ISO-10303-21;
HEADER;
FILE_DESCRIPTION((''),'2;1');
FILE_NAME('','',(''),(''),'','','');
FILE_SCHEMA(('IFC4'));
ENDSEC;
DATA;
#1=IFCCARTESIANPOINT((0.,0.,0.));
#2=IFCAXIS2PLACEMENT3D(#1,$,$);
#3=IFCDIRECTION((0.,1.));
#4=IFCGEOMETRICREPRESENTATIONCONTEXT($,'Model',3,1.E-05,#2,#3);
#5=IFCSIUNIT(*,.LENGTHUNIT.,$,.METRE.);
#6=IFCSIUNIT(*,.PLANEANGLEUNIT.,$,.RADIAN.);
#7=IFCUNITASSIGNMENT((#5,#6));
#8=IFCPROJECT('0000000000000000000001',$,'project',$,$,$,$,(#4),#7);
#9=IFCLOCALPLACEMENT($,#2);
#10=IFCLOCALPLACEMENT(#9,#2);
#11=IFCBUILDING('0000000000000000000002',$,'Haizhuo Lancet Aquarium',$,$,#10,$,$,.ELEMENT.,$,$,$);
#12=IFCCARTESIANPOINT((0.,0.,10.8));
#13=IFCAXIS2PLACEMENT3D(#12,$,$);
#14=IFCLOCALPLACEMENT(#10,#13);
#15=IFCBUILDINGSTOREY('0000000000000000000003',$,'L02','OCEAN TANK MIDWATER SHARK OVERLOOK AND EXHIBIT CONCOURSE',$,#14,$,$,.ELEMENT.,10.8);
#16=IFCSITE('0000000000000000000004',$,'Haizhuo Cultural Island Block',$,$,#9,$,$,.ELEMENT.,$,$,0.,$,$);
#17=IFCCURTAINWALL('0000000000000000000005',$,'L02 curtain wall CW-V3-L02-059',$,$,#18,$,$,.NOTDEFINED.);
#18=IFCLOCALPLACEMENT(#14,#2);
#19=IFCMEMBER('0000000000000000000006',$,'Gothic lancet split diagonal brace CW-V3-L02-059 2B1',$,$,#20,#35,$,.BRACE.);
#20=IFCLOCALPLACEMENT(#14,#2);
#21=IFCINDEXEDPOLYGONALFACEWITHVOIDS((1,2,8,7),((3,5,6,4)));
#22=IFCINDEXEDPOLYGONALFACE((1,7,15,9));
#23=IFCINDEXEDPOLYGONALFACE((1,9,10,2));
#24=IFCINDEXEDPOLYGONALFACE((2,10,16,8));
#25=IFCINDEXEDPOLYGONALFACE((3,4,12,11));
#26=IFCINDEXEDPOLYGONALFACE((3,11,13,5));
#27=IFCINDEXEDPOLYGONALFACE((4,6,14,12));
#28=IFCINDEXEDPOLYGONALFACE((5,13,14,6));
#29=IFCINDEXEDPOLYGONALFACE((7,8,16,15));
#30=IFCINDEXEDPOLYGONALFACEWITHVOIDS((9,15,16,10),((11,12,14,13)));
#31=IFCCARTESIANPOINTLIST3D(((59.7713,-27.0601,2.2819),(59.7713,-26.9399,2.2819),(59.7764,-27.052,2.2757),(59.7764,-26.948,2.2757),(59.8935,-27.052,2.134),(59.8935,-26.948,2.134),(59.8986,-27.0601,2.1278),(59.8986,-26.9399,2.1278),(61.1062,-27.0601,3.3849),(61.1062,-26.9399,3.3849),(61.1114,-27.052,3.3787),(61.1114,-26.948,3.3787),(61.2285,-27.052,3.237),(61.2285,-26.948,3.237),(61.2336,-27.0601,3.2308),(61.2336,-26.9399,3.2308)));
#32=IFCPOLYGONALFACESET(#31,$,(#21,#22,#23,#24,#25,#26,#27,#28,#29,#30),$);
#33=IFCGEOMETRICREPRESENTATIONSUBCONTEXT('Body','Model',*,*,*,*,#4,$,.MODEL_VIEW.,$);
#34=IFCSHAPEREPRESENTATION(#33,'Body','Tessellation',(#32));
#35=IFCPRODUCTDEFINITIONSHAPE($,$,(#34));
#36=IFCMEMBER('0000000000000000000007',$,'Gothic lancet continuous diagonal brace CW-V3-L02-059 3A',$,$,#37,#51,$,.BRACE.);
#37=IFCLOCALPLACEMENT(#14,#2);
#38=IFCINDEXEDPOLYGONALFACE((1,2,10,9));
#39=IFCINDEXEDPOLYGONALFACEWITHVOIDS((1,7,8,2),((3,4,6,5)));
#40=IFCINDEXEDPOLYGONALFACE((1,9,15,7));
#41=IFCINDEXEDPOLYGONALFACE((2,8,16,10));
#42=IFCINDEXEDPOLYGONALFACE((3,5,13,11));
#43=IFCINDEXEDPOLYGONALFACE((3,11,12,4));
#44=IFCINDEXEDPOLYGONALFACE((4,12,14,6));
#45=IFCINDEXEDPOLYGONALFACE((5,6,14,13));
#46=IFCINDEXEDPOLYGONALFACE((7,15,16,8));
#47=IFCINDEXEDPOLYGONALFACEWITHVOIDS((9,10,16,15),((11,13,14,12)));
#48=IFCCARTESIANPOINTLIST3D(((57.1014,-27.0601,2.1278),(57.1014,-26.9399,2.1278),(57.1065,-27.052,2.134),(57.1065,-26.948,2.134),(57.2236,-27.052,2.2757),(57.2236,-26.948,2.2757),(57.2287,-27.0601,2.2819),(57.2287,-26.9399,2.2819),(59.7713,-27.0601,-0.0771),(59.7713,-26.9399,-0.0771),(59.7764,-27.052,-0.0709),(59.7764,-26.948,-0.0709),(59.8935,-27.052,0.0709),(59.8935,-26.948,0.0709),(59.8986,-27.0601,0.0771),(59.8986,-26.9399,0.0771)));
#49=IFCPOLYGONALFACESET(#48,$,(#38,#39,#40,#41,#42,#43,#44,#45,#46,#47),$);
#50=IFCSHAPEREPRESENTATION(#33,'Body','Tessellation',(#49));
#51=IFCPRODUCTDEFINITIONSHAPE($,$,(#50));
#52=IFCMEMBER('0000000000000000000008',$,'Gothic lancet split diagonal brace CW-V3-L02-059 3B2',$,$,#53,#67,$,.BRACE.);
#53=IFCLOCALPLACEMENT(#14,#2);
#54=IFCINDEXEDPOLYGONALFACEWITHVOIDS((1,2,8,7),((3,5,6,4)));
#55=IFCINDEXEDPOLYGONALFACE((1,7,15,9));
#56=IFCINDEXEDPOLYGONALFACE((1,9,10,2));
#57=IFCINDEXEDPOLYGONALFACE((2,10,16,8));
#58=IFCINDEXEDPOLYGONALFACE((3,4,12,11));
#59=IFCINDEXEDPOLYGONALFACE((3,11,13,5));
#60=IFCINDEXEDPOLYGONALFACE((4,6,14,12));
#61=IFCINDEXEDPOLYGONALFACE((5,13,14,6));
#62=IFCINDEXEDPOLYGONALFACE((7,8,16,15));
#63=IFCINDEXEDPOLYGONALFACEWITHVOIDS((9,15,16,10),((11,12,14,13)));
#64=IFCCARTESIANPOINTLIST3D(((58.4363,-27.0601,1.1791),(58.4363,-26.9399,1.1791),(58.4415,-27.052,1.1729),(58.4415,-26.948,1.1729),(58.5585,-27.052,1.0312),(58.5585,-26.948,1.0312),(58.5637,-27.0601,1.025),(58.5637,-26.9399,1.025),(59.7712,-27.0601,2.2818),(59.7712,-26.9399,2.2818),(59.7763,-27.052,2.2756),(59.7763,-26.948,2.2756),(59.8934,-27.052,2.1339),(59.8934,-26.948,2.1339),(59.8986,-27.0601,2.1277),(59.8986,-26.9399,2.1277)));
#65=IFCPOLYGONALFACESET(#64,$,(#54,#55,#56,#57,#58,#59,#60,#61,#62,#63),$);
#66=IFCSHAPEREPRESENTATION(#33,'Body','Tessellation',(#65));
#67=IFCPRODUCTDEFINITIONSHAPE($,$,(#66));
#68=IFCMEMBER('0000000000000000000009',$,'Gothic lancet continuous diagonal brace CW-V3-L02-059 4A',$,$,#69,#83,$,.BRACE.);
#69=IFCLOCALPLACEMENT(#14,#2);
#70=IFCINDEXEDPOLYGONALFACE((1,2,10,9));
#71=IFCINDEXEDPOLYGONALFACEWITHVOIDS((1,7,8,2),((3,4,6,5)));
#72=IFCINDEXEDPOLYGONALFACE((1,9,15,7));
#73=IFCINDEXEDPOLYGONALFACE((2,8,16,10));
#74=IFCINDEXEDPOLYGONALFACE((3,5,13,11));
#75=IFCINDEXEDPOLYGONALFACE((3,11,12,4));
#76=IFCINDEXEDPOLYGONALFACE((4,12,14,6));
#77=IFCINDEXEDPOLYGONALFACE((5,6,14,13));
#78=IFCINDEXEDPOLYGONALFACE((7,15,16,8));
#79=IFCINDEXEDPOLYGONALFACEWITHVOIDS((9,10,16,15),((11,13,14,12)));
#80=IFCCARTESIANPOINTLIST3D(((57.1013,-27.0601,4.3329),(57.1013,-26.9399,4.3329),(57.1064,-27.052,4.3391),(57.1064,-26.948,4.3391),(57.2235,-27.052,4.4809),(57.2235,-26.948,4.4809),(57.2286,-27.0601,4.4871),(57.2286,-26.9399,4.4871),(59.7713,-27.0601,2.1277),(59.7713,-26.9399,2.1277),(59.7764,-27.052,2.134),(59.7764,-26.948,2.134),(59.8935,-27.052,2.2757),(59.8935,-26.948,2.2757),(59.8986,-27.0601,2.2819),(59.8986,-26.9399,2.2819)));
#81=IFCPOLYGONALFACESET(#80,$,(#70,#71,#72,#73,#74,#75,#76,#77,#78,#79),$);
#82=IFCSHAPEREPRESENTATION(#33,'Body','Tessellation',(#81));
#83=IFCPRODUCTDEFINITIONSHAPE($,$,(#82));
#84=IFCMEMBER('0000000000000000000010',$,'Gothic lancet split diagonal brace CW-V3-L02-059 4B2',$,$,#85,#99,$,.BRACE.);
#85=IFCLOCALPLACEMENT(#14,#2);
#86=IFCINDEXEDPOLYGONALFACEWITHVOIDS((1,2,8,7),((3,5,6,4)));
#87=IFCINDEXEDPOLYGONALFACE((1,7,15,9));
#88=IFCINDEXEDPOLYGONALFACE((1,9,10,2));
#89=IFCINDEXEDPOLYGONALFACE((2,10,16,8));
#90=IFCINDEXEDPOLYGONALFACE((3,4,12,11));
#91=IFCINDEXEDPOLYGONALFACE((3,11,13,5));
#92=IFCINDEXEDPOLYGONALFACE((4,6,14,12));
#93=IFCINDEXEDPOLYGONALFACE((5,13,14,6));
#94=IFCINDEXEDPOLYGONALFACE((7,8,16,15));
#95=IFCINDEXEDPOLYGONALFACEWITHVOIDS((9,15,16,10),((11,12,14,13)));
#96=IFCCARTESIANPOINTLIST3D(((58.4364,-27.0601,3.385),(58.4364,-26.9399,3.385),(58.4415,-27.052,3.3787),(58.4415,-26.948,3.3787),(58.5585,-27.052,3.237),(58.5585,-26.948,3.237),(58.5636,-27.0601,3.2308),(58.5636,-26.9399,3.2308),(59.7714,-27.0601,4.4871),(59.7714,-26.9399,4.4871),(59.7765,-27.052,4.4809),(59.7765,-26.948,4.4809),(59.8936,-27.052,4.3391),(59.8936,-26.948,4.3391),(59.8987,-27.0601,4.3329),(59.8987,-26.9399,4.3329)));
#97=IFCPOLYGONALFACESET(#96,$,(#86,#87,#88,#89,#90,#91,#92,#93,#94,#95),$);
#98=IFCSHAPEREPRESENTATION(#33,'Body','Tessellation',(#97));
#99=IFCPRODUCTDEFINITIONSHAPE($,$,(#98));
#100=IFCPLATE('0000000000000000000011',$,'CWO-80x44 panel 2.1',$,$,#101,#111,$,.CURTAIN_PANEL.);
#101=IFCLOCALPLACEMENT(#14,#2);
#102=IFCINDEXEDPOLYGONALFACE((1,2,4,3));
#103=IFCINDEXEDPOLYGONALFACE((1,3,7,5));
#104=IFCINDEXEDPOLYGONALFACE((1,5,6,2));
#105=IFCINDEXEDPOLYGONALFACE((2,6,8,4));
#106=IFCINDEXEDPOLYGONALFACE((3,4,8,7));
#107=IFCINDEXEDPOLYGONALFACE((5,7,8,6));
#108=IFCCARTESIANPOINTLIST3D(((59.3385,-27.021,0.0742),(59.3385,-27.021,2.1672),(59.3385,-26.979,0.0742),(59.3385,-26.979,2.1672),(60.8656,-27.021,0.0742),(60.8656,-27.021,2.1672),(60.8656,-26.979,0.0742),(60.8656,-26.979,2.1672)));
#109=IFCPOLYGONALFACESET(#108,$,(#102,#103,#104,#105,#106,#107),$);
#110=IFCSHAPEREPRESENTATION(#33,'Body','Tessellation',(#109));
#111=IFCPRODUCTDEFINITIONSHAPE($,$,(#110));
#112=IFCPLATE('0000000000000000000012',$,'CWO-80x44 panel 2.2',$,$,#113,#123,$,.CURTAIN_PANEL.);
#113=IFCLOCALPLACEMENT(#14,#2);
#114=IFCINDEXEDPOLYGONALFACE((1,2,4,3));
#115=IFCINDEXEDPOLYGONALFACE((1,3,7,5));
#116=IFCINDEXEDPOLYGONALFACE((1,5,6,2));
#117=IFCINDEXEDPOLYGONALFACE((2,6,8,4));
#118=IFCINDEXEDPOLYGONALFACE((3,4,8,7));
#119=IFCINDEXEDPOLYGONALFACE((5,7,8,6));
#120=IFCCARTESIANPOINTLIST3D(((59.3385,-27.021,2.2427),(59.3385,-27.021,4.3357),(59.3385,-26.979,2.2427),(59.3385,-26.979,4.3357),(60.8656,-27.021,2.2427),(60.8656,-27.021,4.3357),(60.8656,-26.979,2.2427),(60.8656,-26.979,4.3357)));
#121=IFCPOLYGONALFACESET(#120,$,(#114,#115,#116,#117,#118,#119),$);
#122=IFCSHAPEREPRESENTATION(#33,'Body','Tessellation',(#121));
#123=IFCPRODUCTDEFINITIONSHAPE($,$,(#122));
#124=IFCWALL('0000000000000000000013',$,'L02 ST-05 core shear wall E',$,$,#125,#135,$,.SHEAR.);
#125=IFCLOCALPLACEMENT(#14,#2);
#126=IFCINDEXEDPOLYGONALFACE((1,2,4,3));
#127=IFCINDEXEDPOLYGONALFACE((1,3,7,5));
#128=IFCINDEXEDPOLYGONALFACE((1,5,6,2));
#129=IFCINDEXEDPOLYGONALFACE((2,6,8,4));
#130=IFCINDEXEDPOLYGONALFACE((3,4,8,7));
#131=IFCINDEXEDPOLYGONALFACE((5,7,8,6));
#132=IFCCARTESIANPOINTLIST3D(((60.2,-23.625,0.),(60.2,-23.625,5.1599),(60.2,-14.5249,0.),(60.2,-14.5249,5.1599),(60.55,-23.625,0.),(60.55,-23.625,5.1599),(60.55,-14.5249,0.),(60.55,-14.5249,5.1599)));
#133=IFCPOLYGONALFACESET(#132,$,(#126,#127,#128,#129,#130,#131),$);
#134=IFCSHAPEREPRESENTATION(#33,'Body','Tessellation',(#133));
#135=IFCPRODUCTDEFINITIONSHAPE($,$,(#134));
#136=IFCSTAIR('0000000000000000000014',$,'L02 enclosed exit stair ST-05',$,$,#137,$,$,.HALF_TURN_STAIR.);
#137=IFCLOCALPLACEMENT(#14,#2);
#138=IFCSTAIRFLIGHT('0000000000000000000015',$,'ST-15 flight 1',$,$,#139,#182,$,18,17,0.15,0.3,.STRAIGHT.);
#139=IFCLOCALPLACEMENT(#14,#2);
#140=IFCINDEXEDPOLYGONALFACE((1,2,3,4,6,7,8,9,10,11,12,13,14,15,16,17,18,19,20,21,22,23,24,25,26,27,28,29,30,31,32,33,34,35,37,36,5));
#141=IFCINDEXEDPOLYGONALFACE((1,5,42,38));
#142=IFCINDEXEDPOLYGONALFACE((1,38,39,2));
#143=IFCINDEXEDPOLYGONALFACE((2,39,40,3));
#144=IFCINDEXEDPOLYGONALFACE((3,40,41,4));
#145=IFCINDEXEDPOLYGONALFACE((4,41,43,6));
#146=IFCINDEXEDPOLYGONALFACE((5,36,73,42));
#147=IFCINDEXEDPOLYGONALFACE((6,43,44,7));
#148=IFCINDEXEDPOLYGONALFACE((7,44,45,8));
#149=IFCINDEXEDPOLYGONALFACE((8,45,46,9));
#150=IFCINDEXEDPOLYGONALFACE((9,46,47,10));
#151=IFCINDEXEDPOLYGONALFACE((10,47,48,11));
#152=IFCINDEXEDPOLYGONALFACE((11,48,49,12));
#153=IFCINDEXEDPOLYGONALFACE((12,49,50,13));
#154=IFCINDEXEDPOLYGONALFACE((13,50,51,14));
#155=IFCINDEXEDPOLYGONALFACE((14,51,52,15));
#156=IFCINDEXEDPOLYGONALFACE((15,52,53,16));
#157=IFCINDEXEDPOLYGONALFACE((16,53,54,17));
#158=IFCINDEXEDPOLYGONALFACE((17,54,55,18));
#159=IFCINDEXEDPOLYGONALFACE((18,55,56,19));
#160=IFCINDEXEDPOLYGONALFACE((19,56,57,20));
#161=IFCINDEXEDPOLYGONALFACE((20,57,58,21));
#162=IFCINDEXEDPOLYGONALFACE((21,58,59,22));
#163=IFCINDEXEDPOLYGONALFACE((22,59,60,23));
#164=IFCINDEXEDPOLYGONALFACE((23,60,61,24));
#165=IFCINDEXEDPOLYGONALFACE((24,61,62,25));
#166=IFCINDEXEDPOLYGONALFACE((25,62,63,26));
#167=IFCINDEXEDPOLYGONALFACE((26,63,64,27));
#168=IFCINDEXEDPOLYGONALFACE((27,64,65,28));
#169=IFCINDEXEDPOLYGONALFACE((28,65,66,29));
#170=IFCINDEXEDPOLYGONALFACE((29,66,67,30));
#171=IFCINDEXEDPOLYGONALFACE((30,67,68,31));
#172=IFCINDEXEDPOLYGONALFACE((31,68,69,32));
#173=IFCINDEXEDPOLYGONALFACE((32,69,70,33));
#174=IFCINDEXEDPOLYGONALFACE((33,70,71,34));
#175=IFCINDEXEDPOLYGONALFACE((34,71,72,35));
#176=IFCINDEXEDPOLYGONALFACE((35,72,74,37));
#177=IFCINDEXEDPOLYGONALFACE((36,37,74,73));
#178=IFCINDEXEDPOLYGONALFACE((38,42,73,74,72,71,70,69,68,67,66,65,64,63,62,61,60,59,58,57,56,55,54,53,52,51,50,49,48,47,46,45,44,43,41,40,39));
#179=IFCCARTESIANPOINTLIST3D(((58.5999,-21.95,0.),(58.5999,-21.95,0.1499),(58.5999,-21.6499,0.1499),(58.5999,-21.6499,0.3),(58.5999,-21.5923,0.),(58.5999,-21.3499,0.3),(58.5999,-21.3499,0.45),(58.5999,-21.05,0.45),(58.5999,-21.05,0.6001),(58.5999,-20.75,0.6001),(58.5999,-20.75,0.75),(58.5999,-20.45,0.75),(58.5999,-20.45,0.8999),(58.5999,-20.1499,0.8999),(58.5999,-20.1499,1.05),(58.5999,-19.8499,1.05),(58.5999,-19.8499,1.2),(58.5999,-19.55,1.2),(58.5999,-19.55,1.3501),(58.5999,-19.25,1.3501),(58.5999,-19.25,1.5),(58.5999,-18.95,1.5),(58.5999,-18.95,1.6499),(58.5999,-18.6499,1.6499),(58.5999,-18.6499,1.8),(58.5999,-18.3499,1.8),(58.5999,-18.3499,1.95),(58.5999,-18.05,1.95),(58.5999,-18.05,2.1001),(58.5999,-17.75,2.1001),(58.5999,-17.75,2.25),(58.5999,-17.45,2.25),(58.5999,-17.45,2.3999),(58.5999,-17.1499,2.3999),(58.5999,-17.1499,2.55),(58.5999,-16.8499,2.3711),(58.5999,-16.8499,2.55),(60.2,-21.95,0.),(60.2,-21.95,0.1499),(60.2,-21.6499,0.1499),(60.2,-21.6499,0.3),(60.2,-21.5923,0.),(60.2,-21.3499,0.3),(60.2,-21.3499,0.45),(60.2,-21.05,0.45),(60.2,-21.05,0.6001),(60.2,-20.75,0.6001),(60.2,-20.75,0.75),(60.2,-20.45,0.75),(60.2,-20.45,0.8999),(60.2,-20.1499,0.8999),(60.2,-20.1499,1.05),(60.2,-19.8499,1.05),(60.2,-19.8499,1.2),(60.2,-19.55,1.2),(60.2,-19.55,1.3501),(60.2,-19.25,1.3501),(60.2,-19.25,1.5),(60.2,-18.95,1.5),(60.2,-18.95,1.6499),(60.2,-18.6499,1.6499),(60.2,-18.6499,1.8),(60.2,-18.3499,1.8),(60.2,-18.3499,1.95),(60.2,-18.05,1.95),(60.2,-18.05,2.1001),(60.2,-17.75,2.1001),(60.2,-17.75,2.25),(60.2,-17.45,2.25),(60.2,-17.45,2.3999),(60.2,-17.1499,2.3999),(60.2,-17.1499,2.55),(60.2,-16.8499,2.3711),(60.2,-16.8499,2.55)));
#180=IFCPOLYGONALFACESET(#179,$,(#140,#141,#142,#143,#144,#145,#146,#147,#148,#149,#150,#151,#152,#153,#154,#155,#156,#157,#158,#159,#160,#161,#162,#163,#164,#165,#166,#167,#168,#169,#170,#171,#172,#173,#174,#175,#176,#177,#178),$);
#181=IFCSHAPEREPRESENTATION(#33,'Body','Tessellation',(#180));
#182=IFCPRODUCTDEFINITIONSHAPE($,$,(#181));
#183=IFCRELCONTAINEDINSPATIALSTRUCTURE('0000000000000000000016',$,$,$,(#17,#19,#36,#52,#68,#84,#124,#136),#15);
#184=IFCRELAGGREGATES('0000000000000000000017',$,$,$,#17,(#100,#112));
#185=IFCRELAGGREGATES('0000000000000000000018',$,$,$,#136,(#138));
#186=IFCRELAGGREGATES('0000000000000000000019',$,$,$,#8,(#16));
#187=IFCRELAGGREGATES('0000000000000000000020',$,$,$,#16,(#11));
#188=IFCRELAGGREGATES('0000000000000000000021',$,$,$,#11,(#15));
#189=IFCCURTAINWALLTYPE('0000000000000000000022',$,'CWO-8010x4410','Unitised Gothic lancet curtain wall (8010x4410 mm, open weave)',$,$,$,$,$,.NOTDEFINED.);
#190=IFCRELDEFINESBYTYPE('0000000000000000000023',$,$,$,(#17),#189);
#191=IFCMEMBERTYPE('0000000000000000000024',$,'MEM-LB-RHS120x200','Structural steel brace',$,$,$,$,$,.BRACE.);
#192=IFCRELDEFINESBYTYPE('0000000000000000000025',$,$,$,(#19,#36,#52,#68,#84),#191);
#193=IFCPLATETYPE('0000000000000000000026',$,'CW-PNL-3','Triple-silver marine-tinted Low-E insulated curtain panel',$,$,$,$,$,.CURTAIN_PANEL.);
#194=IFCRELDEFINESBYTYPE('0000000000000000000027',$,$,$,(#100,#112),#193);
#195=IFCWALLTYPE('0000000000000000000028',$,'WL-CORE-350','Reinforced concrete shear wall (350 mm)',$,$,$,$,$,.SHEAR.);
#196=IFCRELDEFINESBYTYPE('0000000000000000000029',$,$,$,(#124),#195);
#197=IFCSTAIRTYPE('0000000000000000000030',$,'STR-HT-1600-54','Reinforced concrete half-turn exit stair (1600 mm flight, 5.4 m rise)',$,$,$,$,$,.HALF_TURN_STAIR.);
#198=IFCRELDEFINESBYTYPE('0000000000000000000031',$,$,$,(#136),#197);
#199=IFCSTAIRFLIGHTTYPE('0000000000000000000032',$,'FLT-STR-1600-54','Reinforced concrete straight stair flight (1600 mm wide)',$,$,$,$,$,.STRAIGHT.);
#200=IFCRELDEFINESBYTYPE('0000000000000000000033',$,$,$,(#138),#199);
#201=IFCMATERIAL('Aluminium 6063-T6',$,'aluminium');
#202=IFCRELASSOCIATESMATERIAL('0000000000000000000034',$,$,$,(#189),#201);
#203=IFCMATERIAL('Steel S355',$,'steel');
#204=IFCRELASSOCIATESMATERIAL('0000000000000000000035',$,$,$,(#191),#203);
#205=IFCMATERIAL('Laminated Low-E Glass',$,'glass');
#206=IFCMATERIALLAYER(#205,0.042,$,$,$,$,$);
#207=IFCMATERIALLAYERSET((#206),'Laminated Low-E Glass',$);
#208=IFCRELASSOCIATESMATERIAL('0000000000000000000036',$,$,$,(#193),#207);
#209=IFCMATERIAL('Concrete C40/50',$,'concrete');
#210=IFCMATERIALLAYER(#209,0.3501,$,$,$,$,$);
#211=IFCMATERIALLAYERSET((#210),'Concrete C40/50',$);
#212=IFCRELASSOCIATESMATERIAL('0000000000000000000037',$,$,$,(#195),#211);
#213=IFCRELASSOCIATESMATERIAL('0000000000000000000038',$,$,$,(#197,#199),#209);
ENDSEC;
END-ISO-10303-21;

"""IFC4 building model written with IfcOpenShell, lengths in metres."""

from ifc_helpers import new_model, si_unit, direction, frame, frame_2d, origin, origin_2d, place, context, subcontext, project, spatial, polyline, rectangle, hollow_rectangle, outline, extrude, material, layer, layer_set, material_profile, profile_set, type_object, element, aggregate, save


model = new_model("IFC4")

# Units and contexts
model_context = context("Model", 3, precision=1e-05, world=origin(), true_north=direction((0.0, 1.0)))
body_context = subcontext(model_context, "Body", "Model", "MODEL_VIEW")
ifc_project = project(units=[si_unit("LENGTHUNIT", "METRE"), si_unit("PLANEANGLEUNIT", "RADIAN")], contexts=[model_context])

# Site, building, storey
site_placement = place(None, origin())
site = spatial("IfcSite", under=ifc_project, at=site_placement, Name="Haizhuo Cultural Island Block", CompositionType="ELEMENT", RefElevation=0.0)
building_placement = place(site_placement, origin())
building = spatial("IfcBuilding", under=site, at=building_placement, Name="Haizhuo Lancet Aquarium", CompositionType="ELEMENT")
storey_placement = place(building_placement, frame((0.0, 0.0, 10.8)))
storey = spatial("IfcBuildingStorey", under=building, at=storey_placement, Name="L02", Description="OCEAN TANK MIDWATER SHARK OVERLOOK AND EXHIBIT CONCOURSE", CompositionType="ELEMENT", Elevation=10.8)

# Curtain wall
ifc_material_1 = material(Name="Aluminium 6063-T6", Category="aluminium")
curtain_wall_type = type_object("IfcCurtainWallType", Name="CWO-8010x4410", Description="Unitised Gothic lancet curtain wall (8010x4410 mm, open weave)", PredefinedType="NOTDEFINED", material=ifc_material_1)
curtain_wall_placement = place(storey_placement, origin())
curtain_wall = element("IfcCurtainWall", 1, at=curtain_wall_placement, inside=storey, type_object=curtain_wall_type, Name="L02 curtain wall CW-V3-L02-059", PredefinedType="NOTDEFINED")

# Members
ifc_material_2 = material(Name="Steel S355", Category="steel")
ifc_material_profile_1 = material_profile(ifc_material_2, hollow_rectangle(XDim=0.1201, YDim=0.2, WallThickness=0.0081, at=origin_2d()), Name="RHS 120x200x8")
ifc_profile_set_1 = profile_set([ifc_material_profile_1], Name="Steel S355")
member_type_1 = type_object("IfcMemberType", Name="MEM-LB-RHS120x200", Description="Structural steel brace", PredefinedType="BRACE", material=ifc_profile_set_1)
member_1_placement = place(storey_placement, frame((59.835, -27.0, 2.2048), z_axis=(0.770896, 0.0, 0.636962), x_axis=(0.0, 1.0, 0.0)))
element("IfcMember", 2, at=member_1_placement, inside=storey, type_object=member_type_1, Name="Gothic lancet split diagonal brace CW-V3-L02-059 2B1", PredefinedType="BRACE", context=body_context, shape_type="SweptSolid", body=[
    extrude(hollow_rectangle(XDim=0.1201, YDim=0.2, WallThickness=0.0081, at=origin_2d()), origin(), (0.0, 0.0, 1.0), 1.7317),
])
member_2_placement = place(storey_placement, frame((59.835, -27.0, 0.0), z_axis=(-0.771069, 0.0, 0.636752), x_axis=(0.0, -1.0, 0.0)))
element("IfcMember", 3, at=member_2_placement, inside=storey, type_object=member_type_1, Name="Gothic lancet continuous diagonal brace CW-V3-L02-059 3A", PredefinedType="BRACE", context=body_context, shape_type="SweptSolid", body=[
    extrude(hollow_rectangle(XDim=0.1201, YDim=0.2, WallThickness=0.0081, at=origin_2d()), origin(), (0.0, 0.0, 1.0), 3.4626),
])
member_3_placement = place(storey_placement, frame((58.5, -27.0, 1.1021), z_axis=(0.770965, 0.0, 0.636878), x_axis=(0.0, 1.0, 0.0)))
element("IfcMember", 4, at=member_3_placement, inside=storey, type_object=member_type_1, Name="Gothic lancet split diagonal brace CW-V3-L02-059 3B2", PredefinedType="BRACE", context=body_context, shape_type="SweptSolid", body=[
    extrude(hollow_rectangle(XDim=0.1201, YDim=0.2, WallThickness=0.0081, at=origin_2d()), origin(), (0.0, 0.0, 1.0), 1.7314),
])
member_4_placement = place(storey_placement, frame((59.835, -27.0, 2.2048), z_axis=(-0.771034, 0.0, 0.636794), x_axis=(0.0, -1.0, 0.0)))
element("IfcMember", 5, at=member_4_placement, inside=storey, type_object=member_type_1, Name="Gothic lancet continuous diagonal brace CW-V3-L02-059 4A", PredefinedType="BRACE", context=body_context, shape_type="SweptSolid", body=[
    extrude(hollow_rectangle(XDim=0.1201, YDim=0.2, WallThickness=0.0081, at=origin_2d()), origin(), (0.0, 0.0, 1.0), 3.4629),
])
member_5_placement = place(storey_placement, frame((58.5, -27.0, 3.3079), z_axis=(0.771172, 0.0, 0.636626), x_axis=(0.0, 1.0, 0.0)))
element("IfcMember", 6, at=member_5_placement, inside=storey, type_object=member_type_1, Name="Gothic lancet split diagonal brace CW-V3-L02-059 4B2", PredefinedType="BRACE", context=body_context, shape_type="SweptSolid", body=[
    extrude(hollow_rectangle(XDim=0.1201, YDim=0.2, WallThickness=0.0081, at=origin_2d()), origin(), (0.0, 0.0, 1.0), 1.7312),
])

# Plates
ifc_material_3 = material(Name="Laminated Low-E Glass", Category="glass")
ifc_layer_1 = layer(ifc_material_3, 0.042)
ifc_layer_set_1 = layer_set([ifc_layer_1], Name="Laminated Low-E Glass")
plate_type = type_object("IfcPlateType", Name="CW-PNL-3", Description="Triple-silver marine-tinted Low-E insulated curtain panel", PredefinedType="CURTAIN_PANEL", material=ifc_layer_set_1)
plate_1_placement = place(storey_placement, frame((60.1021, -27.0, 0.0742), z_axis=(0.0, 0.0, 1.0), x_axis=(-1.0, 0.0, 0.0)))
plate_1 = element("IfcPlate", 7, at=plate_1_placement, type_object=plate_type, Name="CWO-80x44 panel 2.1", PredefinedType="CURTAIN_PANEL", context=body_context, shape_type="SweptSolid", body=[
    extrude(rectangle(XDim=1.5271, YDim=0.042, at=origin_2d()), origin(), (0.0, 0.0, 1.0), 2.093),
])
plate_2_placement = place(storey_placement, frame((60.1021, -27.0, 2.2427), z_axis=(0.0, 0.0, 1.0), x_axis=(-1.0, 0.0, 0.0)))
plate_2 = element("IfcPlate", 8, at=plate_2_placement, type_object=plate_type, Name="CWO-80x44 panel 2.2", PredefinedType="CURTAIN_PANEL", context=body_context, shape_type="SweptSolid", body=[
    extrude(rectangle(XDim=1.5271, YDim=0.042, at=origin_2d()), origin(), (0.0, 0.0, 1.0), 2.093),
])
aggregate(curtain_wall, [plate_1, plate_2])

# Wall
ifc_material_4 = material(Name="Concrete C40/50", Category="concrete")
ifc_layer_2 = layer(ifc_material_4, 0.3501)
ifc_layer_set_2 = layer_set([ifc_layer_2], Name="Concrete C40/50")
wall_type = type_object("IfcWallType", Name="WL-CORE-350", Description="Reinforced concrete shear wall (350 mm)", PredefinedType="SHEAR", material=ifc_layer_set_2)
wall_placement = place(storey_placement, frame((60.375, -23.625, 0.0), z_axis=(0.0, 0.0, 1.0), x_axis=(0.0, 1.0, 0.0)))
element("IfcWall", 9, at=wall_placement, inside=storey, type_object=wall_type, Name="L02 ST-05 core shear wall E", PredefinedType="SHEAR", context=body_context, shape_type="SweptSolid", body=[
    extrude(rectangle(XDim=9.1001, YDim=0.3501, at=frame_2d((4.55, 0.0))), origin(), (0.0, 0.0, 1.0), 5.1599),
])

# Stair, stair flight
stair_type = type_object("IfcStairType", Name="STR-HT-1600-54", Description="Reinforced concrete half-turn exit stair (1600 mm flight, 5.4 m rise)", PredefinedType="HALF_TURN_STAIR", material=ifc_material_4)
stair_placement = place(storey_placement, origin())
stair = element("IfcStair", 10, at=stair_placement, inside=storey, type_object=stair_type, Name="L02 enclosed exit stair ST-05", PredefinedType="HALF_TURN_STAIR")
stair_flight_type = type_object("IfcStairFlightType", Name="FLT-STR-1600-54", Description="Reinforced concrete straight stair flight (1600 mm wide)", PredefinedType="STRAIGHT", material=ifc_material_4)
stair_flight_placement = place(storey_placement, frame((59.3999, -21.95, 0.0), z_axis=(0.0, 0.0, 1.0), x_axis=(0.0, 1.0, 0.0)))
stair_flight = element("IfcStairFlight", 11, at=stair_flight_placement, type_object=stair_flight_type, Name="ST-15 flight 1", NumberOfRisers=18, NumberOfTreads=17, PredefinedType="STRAIGHT", RiserHeight=0.15, TreadLength=0.3, context=body_context, shape_type="SweptSolid", body=[
    extrude(outline(polyline([(0.0, 0.0), (0.0, 0.1499), (0.3, 0.1499), (0.3, 0.3), (0.6001, 0.3), (0.6001, 0.45), (0.8999, 0.45), (0.8999, 0.6001), (1.2, 0.6001), (1.2, 0.75), (1.5, 0.75), (1.5, 0.8999), (1.8, 0.8999), (1.8, 1.05), (2.1001, 1.05), (2.1001, 1.2), (2.3999, 1.2), (2.3999, 1.3501), (2.7, 1.3501), (2.7, 1.5), (3.0, 1.5), (3.0, 1.6499), (3.3, 1.6499), (3.3, 1.8), (3.6001, 1.8), (3.6001, 1.95), (3.8999, 1.95), (3.8999, 2.1001), (4.2, 2.1001), (4.2, 2.25), (4.5, 2.25), (4.5, 2.3999), (4.8, 2.3999), (4.8, 2.55), (5.1001, 2.55), (5.1001, 2.7), (5.1001, 2.3711), (0.3577, 0.0), (0.0, 0.0)])), frame((0.0, 0.8, 0.0), z_axis=(0.0, -1.0, 0.0), x_axis=(1.0, 0.0, 0.0)), (0.0, 0.0, 1.0), 1.6001),
])
aggregate(stair, [stair_flight])

save(model, "model.ifc")
